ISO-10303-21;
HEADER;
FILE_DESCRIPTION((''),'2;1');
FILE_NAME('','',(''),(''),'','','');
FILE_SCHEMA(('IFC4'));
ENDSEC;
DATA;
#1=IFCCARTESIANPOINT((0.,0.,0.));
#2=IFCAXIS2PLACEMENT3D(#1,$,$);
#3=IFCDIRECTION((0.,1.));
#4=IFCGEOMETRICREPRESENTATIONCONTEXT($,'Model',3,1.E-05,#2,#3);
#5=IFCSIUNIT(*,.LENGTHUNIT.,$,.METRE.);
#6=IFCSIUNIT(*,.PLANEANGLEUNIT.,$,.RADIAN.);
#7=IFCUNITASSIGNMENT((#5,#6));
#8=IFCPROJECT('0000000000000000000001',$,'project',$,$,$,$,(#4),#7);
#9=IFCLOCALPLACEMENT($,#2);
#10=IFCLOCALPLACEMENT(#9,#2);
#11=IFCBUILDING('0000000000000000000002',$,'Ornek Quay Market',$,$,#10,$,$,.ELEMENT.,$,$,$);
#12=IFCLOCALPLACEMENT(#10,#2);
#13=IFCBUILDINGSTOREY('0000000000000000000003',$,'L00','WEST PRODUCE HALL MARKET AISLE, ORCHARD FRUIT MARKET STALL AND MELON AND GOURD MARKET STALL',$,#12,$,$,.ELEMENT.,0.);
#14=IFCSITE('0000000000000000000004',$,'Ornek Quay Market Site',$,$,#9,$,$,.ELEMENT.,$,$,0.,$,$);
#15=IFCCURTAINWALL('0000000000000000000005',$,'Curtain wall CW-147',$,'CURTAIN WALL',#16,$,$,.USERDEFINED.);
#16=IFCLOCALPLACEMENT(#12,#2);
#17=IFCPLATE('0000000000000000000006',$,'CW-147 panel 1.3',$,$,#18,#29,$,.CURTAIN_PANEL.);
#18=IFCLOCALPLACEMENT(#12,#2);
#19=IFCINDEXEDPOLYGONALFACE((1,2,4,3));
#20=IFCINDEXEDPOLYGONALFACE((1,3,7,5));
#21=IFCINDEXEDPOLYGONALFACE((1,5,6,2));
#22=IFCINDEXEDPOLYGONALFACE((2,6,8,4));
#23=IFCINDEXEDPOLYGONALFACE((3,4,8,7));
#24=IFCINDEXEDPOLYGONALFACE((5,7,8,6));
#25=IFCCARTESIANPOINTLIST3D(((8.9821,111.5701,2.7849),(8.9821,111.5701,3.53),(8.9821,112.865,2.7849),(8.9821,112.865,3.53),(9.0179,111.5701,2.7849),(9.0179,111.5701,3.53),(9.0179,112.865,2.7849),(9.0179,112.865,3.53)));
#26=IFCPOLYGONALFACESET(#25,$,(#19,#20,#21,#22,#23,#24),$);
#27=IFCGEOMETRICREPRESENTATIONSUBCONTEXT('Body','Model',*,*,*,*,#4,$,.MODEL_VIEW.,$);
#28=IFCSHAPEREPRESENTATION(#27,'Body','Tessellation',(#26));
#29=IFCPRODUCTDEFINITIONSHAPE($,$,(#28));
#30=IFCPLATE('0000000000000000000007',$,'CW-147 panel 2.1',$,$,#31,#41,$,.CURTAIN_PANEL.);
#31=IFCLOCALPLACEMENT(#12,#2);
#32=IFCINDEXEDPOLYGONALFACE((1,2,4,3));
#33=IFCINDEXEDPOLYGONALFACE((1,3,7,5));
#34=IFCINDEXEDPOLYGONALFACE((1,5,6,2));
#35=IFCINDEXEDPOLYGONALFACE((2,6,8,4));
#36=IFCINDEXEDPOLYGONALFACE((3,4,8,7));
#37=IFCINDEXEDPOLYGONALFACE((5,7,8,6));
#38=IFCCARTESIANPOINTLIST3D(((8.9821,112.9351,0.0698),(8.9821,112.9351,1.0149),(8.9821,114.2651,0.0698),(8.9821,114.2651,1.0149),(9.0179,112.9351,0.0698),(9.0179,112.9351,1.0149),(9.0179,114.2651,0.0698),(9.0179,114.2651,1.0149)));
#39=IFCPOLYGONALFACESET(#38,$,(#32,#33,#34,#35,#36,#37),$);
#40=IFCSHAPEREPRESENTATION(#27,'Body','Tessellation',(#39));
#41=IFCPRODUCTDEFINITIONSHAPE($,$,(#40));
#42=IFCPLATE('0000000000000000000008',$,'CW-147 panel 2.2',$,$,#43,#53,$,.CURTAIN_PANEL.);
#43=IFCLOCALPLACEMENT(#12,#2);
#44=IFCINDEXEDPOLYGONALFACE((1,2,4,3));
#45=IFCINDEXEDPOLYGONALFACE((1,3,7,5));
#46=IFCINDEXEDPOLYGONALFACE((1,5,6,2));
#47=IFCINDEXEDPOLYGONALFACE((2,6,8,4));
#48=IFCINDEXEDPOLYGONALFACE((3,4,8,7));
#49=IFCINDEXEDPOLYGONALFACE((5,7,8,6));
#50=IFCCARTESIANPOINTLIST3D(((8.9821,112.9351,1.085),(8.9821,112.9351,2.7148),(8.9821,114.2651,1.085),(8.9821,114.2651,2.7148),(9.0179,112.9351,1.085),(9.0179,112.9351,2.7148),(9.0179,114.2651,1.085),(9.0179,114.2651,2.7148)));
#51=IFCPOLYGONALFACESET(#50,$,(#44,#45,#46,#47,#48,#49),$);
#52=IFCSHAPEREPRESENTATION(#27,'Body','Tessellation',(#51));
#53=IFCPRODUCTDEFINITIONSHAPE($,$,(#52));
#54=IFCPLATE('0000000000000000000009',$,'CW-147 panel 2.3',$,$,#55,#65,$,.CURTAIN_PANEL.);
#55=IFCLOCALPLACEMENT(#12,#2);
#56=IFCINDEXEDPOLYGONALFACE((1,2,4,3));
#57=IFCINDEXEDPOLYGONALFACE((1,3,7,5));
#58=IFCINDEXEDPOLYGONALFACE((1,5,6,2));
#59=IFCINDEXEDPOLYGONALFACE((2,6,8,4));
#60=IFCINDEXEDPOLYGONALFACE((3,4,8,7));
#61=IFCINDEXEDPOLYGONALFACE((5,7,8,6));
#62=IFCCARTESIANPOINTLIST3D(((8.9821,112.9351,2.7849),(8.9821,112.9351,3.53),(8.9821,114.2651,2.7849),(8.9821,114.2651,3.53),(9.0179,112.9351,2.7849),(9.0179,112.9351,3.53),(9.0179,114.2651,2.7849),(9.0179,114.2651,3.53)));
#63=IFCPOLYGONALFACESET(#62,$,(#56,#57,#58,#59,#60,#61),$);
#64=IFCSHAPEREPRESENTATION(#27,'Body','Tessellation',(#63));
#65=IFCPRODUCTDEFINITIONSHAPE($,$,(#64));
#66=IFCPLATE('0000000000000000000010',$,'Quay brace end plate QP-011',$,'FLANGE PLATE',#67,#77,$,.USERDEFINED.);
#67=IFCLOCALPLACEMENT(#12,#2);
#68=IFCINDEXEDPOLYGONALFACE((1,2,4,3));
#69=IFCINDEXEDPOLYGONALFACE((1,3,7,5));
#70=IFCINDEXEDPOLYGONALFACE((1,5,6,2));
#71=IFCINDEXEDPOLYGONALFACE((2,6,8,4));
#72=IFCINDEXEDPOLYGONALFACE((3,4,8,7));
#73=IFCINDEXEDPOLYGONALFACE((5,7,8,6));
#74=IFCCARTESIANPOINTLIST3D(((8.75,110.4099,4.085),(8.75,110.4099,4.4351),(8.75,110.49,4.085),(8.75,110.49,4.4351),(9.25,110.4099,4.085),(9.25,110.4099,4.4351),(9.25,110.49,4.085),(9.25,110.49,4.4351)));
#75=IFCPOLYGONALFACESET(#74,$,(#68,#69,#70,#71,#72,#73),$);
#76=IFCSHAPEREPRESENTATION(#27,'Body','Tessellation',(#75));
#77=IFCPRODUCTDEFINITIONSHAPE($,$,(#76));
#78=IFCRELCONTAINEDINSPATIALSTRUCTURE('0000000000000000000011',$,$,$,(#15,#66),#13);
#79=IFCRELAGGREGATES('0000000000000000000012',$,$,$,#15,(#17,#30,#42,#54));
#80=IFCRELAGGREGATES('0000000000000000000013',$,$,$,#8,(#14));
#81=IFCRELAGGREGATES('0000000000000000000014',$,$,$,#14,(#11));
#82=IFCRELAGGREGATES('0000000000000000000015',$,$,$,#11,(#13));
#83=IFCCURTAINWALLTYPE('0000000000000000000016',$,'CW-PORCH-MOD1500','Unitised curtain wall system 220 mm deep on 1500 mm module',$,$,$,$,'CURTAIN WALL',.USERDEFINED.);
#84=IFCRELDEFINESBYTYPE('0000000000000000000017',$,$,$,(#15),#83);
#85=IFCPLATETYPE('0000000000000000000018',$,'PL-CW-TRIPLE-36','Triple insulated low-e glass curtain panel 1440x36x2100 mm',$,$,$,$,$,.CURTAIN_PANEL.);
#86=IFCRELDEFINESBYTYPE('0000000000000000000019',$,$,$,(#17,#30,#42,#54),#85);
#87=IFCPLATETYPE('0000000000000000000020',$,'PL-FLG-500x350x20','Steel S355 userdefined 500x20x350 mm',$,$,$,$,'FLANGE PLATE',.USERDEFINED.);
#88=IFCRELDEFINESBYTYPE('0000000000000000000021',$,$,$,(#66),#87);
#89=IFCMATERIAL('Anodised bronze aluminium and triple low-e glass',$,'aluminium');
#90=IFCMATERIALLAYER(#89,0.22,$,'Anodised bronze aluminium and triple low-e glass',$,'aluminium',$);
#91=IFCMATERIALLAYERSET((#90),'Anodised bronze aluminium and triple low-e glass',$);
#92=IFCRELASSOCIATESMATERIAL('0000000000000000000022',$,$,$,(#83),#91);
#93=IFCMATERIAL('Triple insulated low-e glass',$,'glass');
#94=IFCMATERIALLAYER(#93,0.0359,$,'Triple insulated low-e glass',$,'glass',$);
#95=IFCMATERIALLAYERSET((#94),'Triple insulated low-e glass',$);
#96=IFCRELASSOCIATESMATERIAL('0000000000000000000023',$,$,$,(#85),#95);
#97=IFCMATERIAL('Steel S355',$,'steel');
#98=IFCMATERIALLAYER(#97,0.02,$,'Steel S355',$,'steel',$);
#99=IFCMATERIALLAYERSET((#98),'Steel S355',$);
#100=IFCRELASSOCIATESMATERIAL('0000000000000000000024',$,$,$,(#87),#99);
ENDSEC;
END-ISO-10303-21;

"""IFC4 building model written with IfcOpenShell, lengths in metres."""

from ifc_helpers import new_model, si_unit, direction, frame, origin, origin_2d, place, context, subcontext, project, spatial, rectangle, extrude, material, layer, layer_set, type_object, element, aggregate, save


model = new_model("IFC4")

# Units and contexts
model_context = context("Model", 3, precision=1e-05, world=origin(), true_north=direction((0.0, 1.0)))
body_context = subcontext(model_context, "Body", "Model", "MODEL_VIEW")
ifc_project = project(units=[si_unit("LENGTHUNIT", "METRE"), si_unit("PLANEANGLEUNIT", "RADIAN")], contexts=[model_context])

# Site, building, storey
site_placement = place(None, origin())
site = spatial("IfcSite", under=ifc_project, at=site_placement, Name="Ornek Quay Market Site", CompositionType="ELEMENT", RefElevation=0.0)
building_placement = place(site_placement, origin())
building = spatial("IfcBuilding", under=site, at=building_placement, Name="Ornek Quay Market", CompositionType="ELEMENT")
storey_placement = place(building_placement, origin())
storey = spatial("IfcBuildingStorey", under=building, at=storey_placement, Name="L00", Description="WEST PRODUCE HALL MARKET AISLE, ORCHARD FRUIT MARKET STALL AND MELON AND GOURD MARKET STALL", CompositionType="ELEMENT", Elevation=0.0)

# Shared definitions
ifc_material_1 = material(Name="Steel S355", Category="steel")

# Curtain wall
ifc_material_2 = material(Name="Anodised bronze aluminium and triple low-e glass", Category="aluminium")
ifc_layer_1 = layer(ifc_material_2, 0.22, Name="Anodised bronze aluminium and triple low-e glass", Category="aluminium")
ifc_layer_set_1 = layer_set([ifc_layer_1], Name="Anodised bronze aluminium and triple low-e glass")
curtain_wall_type_1 = type_object("IfcCurtainWallType", Name="CW-PORCH-MOD1500", Description="Unitised curtain wall system 220 mm deep on 1500 mm module", ElementType="CURTAIN WALL", PredefinedType="USERDEFINED", material=ifc_layer_set_1)
curtain_wall_1_placement = place(storey_placement, origin())
curtain_wall_1 = element("IfcCurtainWall", 1, at=curtain_wall_1_placement, inside=storey, type_object=curtain_wall_type_1, Name="Curtain wall CW-147", ObjectType="CURTAIN WALL", PredefinedType="USERDEFINED")

# Plates
ifc_material_3 = material(Name="Triple insulated low-e glass", Category="glass")
ifc_layer_2 = layer(ifc_material_3, 0.0359, Name="Triple insulated low-e glass", Category="glass")
ifc_layer_set_2 = layer_set([ifc_layer_2], Name="Triple insulated low-e glass")
plate_type_1 = type_object("IfcPlateType", Name="PL-CW-TRIPLE-36", Description="Triple insulated low-e glass curtain panel 1440x36x2100 mm", PredefinedType="CURTAIN_PANEL", material=ifc_layer_set_2)
plate_1_placement = place(storey_placement, frame((9.0, 112.2175, 2.7849), z_axis=(0.0, 0.0, 1.0), x_axis=(0.0, 1.0, 0.0)))
plate_1 = element("IfcPlate", 2, at=plate_1_placement, type_object=plate_type_1, Name="CW-147 panel 1.3", PredefinedType="CURTAIN_PANEL", context=body_context, shape_type="SweptSolid", body=[
    extrude(rectangle(XDim=1.2949, YDim=0.0359, at=origin_2d()), origin(), (0.0, 0.0, 1.0), 0.7451),
])
plate_2_placement = place(storey_placement, frame((9.0, 113.6001, 0.0698), z_axis=(0.0, 0.0, 1.0), x_axis=(0.0, 1.0, 0.0)))
plate_2 = element("IfcPlate", 3, at=plate_2_placement, type_object=plate_type_1, Name="CW-147 panel 2.1", PredefinedType="CURTAIN_PANEL", context=body_context, shape_type="SweptSolid", body=[
    extrude(rectangle(XDim=1.3301, YDim=0.0359, at=origin_2d()), origin(), (0.0, 0.0, 1.0), 0.9451),
])
plate_3_placement = place(storey_placement, frame((9.0, 113.6001, 1.085), z_axis=(0.0, 0.0, 1.0), x_axis=(0.0, 1.0, 0.0)))
plate_3 = element("IfcPlate", 4, at=plate_3_placement, type_object=plate_type_1, Name="CW-147 panel 2.2", PredefinedType="CURTAIN_PANEL", context=body_context, shape_type="SweptSolid", body=[
    extrude(rectangle(XDim=1.3301, YDim=0.0359, at=origin_2d()), origin(), (0.0, 0.0, 1.0), 1.6299),
])
plate_4_placement = place(storey_placement, frame((9.0, 113.6001, 2.7849), z_axis=(0.0, 0.0, 1.0), x_axis=(0.0, 1.0, 0.0)))
plate_4 = element("IfcPlate", 5, at=plate_4_placement, type_object=plate_type_1, Name="CW-147 panel 2.3", PredefinedType="CURTAIN_PANEL", context=body_context, shape_type="SweptSolid", body=[
    extrude(rectangle(XDim=1.3301, YDim=0.0359, at=origin_2d()), origin(), (0.0, 0.0, 1.0), 0.7451),
])
aggregate(curtain_wall_1, [plate_1, plate_2, plate_3, plate_4])
ifc_layer_3 = layer(ifc_material_1, 0.02, Name="Steel S355", Category="steel")
ifc_layer_set_3 = layer_set([ifc_layer_3], Name="Steel S355")
plate_type_2 = type_object("IfcPlateType", Name="PL-FLG-500x350x20", Description="Steel S355 userdefined 500x20x350 mm", ElementType="FLANGE PLATE", PredefinedType="USERDEFINED", material=ifc_layer_set_3)
plate_5_placement = place(storey_placement, frame((9.0, 110.45, 4.085), z_axis=(0.0, 0.0, 1.0), x_axis=(1.0, 0.0, 0.0)))
element("IfcPlate", 6, at=plate_5_placement, inside=storey, type_object=plate_type_2, Name="Quay brace end plate QP-011", ObjectType="FLANGE PLATE", PredefinedType="USERDEFINED", context=body_context, shape_type="SweptSolid", body=[
    extrude(rectangle(XDim=0.5, YDim=0.0801, at=origin_2d()), origin(), (0.0, 0.0, 1.0), 0.3501),
])

save(model, "model.ifc")
